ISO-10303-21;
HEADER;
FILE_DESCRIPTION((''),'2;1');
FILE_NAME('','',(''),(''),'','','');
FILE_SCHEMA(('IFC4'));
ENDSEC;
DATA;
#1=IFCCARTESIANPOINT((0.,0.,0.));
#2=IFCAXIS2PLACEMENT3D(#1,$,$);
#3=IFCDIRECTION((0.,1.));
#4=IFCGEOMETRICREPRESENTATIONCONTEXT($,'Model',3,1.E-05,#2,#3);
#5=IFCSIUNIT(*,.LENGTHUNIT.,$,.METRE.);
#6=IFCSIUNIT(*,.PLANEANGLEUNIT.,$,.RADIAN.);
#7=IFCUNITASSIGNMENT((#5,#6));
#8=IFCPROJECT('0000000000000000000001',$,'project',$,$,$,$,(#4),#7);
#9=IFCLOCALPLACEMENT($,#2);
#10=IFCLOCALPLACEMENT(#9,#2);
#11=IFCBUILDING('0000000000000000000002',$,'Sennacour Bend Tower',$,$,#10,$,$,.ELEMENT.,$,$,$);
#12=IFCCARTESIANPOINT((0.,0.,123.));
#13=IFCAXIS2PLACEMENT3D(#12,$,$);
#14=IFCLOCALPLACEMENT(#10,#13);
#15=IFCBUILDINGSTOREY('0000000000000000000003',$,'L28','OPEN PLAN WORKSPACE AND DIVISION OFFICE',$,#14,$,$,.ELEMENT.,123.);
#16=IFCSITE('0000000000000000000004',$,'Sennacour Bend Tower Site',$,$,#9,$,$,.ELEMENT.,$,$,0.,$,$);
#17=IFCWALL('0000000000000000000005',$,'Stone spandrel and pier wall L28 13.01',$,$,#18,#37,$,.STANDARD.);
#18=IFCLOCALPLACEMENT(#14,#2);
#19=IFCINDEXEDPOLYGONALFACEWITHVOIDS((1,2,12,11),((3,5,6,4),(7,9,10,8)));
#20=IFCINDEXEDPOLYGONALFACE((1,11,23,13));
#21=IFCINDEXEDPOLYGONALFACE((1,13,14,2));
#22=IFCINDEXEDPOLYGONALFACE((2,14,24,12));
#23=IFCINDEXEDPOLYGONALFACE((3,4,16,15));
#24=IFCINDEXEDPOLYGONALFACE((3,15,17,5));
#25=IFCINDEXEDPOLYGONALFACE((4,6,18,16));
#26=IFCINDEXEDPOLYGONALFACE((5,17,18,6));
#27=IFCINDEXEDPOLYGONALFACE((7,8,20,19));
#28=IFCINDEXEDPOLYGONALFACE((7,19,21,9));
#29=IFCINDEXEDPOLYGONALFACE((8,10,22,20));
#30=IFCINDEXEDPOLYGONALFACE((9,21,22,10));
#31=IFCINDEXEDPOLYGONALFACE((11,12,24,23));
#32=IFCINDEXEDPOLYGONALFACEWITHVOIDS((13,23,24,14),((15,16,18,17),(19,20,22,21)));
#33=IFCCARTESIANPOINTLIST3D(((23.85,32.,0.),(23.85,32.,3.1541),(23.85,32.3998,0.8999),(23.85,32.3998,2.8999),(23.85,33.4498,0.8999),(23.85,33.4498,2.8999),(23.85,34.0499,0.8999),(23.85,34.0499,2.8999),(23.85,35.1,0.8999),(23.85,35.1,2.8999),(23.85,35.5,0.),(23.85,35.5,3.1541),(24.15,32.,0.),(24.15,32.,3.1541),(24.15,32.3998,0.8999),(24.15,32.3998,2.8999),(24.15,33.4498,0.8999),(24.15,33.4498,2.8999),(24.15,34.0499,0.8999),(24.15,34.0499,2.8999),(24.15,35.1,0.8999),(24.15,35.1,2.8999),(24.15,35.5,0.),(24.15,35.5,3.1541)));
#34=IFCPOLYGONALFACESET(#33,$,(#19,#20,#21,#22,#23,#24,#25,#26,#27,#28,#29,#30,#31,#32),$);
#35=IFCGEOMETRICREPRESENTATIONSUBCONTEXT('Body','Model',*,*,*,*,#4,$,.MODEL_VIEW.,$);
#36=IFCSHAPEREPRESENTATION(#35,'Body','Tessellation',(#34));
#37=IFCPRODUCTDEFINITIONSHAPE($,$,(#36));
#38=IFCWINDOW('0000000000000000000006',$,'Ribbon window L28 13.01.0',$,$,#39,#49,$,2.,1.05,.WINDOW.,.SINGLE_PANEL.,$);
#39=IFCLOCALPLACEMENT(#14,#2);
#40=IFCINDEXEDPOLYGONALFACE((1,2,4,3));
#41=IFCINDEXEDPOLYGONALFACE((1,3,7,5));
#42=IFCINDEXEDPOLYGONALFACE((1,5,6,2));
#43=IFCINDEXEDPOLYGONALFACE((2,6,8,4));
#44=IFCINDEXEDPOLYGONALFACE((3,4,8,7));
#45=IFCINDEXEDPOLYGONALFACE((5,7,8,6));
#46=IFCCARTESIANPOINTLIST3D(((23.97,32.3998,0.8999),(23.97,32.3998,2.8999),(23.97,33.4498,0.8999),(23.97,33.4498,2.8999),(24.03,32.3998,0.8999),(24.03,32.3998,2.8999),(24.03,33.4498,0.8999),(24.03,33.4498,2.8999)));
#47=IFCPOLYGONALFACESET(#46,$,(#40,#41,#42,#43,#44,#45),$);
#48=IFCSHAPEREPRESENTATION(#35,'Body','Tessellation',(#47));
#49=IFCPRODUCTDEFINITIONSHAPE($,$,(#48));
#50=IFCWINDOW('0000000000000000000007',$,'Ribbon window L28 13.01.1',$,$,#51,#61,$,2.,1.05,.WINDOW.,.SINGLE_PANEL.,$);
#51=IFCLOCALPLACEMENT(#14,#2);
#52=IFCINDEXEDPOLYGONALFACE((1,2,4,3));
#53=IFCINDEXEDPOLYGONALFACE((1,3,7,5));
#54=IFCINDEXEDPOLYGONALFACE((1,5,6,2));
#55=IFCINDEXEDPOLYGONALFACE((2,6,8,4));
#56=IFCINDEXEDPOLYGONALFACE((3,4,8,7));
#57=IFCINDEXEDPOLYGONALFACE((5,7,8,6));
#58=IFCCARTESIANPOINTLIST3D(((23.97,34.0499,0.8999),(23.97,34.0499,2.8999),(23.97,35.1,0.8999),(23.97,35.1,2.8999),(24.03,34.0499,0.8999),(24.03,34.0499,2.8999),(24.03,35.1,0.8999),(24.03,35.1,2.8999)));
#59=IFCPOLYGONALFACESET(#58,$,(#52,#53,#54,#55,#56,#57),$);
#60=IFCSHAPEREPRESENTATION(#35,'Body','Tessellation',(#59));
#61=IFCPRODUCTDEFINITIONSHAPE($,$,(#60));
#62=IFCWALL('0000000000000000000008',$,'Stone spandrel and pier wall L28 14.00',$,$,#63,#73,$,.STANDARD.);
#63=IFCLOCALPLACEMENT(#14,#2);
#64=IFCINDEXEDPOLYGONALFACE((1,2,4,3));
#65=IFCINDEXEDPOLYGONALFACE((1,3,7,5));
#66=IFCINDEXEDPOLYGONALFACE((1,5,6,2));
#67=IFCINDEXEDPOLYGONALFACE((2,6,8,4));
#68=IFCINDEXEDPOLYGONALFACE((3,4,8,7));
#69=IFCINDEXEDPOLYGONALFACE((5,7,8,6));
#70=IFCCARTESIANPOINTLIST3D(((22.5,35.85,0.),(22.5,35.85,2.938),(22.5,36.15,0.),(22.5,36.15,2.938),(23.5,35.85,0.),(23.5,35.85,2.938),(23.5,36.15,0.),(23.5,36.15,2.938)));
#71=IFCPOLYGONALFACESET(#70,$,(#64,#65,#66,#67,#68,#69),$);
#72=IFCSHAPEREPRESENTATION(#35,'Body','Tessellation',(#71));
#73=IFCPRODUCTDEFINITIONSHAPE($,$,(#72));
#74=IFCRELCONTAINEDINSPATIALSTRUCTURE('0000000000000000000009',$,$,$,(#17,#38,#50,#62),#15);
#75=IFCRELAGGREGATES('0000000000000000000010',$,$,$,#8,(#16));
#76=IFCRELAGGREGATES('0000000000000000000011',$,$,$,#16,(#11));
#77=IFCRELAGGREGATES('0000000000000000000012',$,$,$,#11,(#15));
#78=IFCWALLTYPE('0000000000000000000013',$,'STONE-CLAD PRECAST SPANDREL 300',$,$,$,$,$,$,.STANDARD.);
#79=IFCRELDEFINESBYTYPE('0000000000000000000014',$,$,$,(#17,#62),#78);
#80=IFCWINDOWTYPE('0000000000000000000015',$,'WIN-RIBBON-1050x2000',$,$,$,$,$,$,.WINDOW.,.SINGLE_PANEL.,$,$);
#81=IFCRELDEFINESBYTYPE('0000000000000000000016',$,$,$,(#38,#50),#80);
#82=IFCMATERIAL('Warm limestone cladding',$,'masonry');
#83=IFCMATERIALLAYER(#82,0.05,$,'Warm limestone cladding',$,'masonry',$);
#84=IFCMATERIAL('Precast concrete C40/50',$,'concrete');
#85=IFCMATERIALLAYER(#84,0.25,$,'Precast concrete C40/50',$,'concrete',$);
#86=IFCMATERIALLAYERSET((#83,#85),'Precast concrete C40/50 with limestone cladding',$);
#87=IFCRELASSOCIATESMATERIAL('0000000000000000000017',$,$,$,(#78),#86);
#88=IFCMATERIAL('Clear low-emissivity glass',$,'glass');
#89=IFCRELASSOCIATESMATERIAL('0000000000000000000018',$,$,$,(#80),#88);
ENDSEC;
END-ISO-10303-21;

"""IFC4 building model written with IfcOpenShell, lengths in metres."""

from ifc_helpers import new_model, si_unit, direction, frame, frame_2d, origin, place, context, subcontext, project, spatial, rectangle, extrude, material, layer, layer_set, type_object, element, fill, save


model = new_model("IFC4")

# Units and contexts
model_context = context("Model", 3, precision=1e-05, world=origin(), true_north=direction((0.0, 1.0)))
body_context = subcontext(model_context, "Body", "Model", "MODEL_VIEW")
ifc_project = project(units=[si_unit("LENGTHUNIT", "METRE"), si_unit("PLANEANGLEUNIT", "RADIAN")], contexts=[model_context])

# Site, building, storey
site_placement = place(None, origin())
site = spatial("IfcSite", under=ifc_project, at=site_placement, Name="Sennacour Bend Tower Site", CompositionType="ELEMENT", RefElevation=0.0)
building_placement = place(site_placement, origin())
building = spatial("IfcBuilding", under=site, at=building_placement, Name="Sennacour Bend Tower", CompositionType="ELEMENT")
storey_placement = place(building_placement, frame((0.0, 0.0, 123.0)))
storey = spatial("IfcBuildingStorey", under=building, at=storey_placement, Name="L28", Description="OPEN PLAN WORKSPACE AND DIVISION OFFICE", CompositionType="ELEMENT", Elevation=123.0)

# Shared definitions
ifc_material_1 = material(Name="Warm limestone cladding", Category="masonry")
ifc_layer_1 = layer(ifc_material_1, 0.05, Name="Warm limestone cladding", Category="masonry")
ifc_material_2 = material(Name="Precast concrete C40/50", Category="concrete")
ifc_layer_2 = layer(ifc_material_2, 0.25, Name="Precast concrete C40/50", Category="concrete")
ifc_layer_set_1 = layer_set([ifc_layer_1, ifc_layer_2], Name="Precast concrete C40/50 with limestone cladding")
wall_type_1 = type_object("IfcWallType", Name="STONE-CLAD PRECAST SPANDREL 300", PredefinedType="STANDARD", material=ifc_layer_set_1)

# Wall, openings, windows
ifc_material_3 = material(Name="Clear low-emissivity glass", Category="glass")
window_type_1 = type_object("IfcWindowType", Name="WIN-RIBBON-1050x2000", PartitioningType="SINGLE_PANEL", PredefinedType="WINDOW", material=ifc_material_3)
wall_1_placement = place(storey_placement, frame((24.0, 32.0, 0.0), z_axis=(0.0, 0.0, 1.0), x_axis=(0.0, 1.0, 0.0)))
wall_1 = element("IfcWall", 1, at=wall_1_placement, inside=storey, type_object=wall_type_1, Name="Stone spandrel and pier wall L28 13.01", PredefinedType="STANDARD", context=body_context, shape_type="SweptSolid", body=[
    extrude(rectangle(XDim=3.5, YDim=0.3, at=frame_2d((1.75, 0.0))), origin(), (0.0, 0.0, 1.0), 3.1541),
])
opening_1_placement = place(wall_1_placement, frame((0.3999, 0.0, 0.8999)))
opening_1 = element("IfcOpeningElement", 2, at=opening_1_placement, cuts=wall_1, PredefinedType="OPENING", context=body_context, shape_type="SweptSolid", body=[
    extrude(rectangle(XDim=1.05, YDim=2.0, at=frame_2d((0.5249, 1.0))), frame((0.0, 0.1602, 0.0), z_axis=(0.0, -1.0, 0.0), x_axis=(1.0, 0.0, 0.0)), (0.0, 0.0, 1.0), 0.3201),
])
opening_2_placement = place(wall_1_placement, frame((2.05, 0.0, 0.8999)))
opening_2 = element("IfcOpeningElement", 3, at=opening_2_placement, cuts=wall_1, PredefinedType="OPENING", context=body_context, shape_type="SweptSolid", body=[
    extrude(rectangle(XDim=1.05, YDim=2.0, at=frame_2d((0.5249, 1.0))), frame((0.0, 0.1602, 0.0), z_axis=(0.0, -1.0, 0.0), x_axis=(1.0, 0.0, 0.0)), (0.0, 0.0, 1.0), 0.3201),
])
window_1_placement = place(opening_1_placement, origin())
window_1 = element("IfcWindow", 4, at=window_1_placement, inside=storey, type_object=window_type_1, Name="Ribbon window L28 13.01.0", OverallHeight=2.0, OverallWidth=1.05, PartitioningType="SINGLE_PANEL", PredefinedType="WINDOW", context=body_context, shape_type="SweptSolid", body=[
    extrude(rectangle(XDim=1.05, YDim=2.0, at=frame_2d((0.5249, 1.0))), frame((0.0, 0.03, 0.0), z_axis=(0.0, -1.0, 0.0), x_axis=(1.0, 0.0, 0.0)), (0.0, 0.0, 1.0), 0.0601),
])
fill(opening_1, window_1)
window_2_placement = place(opening_2_placement, origin())
window_2 = element("IfcWindow", 5, at=window_2_placement, inside=storey, type_object=window_type_1, Name="Ribbon window L28 13.01.1", OverallHeight=2.0, OverallWidth=1.05, PartitioningType="SINGLE_PANEL", PredefinedType="WINDOW", context=body_context, shape_type="SweptSolid", body=[
    extrude(rectangle(XDim=1.05, YDim=2.0, at=frame_2d((0.5249, 1.0))), frame((0.0, 0.03, 0.0), z_axis=(0.0, -1.0, 0.0), x_axis=(1.0, 0.0, 0.0)), (0.0, 0.0, 1.0), 0.0601),
])
fill(opening_2, window_2)

# Wall
wall_2_placement = place(storey_placement, frame((23.5, 36.0, 0.0), z_axis=(0.0, 0.0, 1.0), x_axis=(-1.0, 0.0, 0.0)))
element("IfcWall", 6, at=wall_2_placement, inside=storey, type_object=wall_type_1, Name="Stone spandrel and pier wall L28 14.00", PredefinedType="STANDARD", context=body_context, shape_type="SweptSolid", body=[
    extrude(rectangle(XDim=1.0, YDim=0.3, at=frame_2d((0.5, 0.0))), origin(), (0.0, 0.0, 1.0), 2.938),
])

save(model, "model.ifc")
